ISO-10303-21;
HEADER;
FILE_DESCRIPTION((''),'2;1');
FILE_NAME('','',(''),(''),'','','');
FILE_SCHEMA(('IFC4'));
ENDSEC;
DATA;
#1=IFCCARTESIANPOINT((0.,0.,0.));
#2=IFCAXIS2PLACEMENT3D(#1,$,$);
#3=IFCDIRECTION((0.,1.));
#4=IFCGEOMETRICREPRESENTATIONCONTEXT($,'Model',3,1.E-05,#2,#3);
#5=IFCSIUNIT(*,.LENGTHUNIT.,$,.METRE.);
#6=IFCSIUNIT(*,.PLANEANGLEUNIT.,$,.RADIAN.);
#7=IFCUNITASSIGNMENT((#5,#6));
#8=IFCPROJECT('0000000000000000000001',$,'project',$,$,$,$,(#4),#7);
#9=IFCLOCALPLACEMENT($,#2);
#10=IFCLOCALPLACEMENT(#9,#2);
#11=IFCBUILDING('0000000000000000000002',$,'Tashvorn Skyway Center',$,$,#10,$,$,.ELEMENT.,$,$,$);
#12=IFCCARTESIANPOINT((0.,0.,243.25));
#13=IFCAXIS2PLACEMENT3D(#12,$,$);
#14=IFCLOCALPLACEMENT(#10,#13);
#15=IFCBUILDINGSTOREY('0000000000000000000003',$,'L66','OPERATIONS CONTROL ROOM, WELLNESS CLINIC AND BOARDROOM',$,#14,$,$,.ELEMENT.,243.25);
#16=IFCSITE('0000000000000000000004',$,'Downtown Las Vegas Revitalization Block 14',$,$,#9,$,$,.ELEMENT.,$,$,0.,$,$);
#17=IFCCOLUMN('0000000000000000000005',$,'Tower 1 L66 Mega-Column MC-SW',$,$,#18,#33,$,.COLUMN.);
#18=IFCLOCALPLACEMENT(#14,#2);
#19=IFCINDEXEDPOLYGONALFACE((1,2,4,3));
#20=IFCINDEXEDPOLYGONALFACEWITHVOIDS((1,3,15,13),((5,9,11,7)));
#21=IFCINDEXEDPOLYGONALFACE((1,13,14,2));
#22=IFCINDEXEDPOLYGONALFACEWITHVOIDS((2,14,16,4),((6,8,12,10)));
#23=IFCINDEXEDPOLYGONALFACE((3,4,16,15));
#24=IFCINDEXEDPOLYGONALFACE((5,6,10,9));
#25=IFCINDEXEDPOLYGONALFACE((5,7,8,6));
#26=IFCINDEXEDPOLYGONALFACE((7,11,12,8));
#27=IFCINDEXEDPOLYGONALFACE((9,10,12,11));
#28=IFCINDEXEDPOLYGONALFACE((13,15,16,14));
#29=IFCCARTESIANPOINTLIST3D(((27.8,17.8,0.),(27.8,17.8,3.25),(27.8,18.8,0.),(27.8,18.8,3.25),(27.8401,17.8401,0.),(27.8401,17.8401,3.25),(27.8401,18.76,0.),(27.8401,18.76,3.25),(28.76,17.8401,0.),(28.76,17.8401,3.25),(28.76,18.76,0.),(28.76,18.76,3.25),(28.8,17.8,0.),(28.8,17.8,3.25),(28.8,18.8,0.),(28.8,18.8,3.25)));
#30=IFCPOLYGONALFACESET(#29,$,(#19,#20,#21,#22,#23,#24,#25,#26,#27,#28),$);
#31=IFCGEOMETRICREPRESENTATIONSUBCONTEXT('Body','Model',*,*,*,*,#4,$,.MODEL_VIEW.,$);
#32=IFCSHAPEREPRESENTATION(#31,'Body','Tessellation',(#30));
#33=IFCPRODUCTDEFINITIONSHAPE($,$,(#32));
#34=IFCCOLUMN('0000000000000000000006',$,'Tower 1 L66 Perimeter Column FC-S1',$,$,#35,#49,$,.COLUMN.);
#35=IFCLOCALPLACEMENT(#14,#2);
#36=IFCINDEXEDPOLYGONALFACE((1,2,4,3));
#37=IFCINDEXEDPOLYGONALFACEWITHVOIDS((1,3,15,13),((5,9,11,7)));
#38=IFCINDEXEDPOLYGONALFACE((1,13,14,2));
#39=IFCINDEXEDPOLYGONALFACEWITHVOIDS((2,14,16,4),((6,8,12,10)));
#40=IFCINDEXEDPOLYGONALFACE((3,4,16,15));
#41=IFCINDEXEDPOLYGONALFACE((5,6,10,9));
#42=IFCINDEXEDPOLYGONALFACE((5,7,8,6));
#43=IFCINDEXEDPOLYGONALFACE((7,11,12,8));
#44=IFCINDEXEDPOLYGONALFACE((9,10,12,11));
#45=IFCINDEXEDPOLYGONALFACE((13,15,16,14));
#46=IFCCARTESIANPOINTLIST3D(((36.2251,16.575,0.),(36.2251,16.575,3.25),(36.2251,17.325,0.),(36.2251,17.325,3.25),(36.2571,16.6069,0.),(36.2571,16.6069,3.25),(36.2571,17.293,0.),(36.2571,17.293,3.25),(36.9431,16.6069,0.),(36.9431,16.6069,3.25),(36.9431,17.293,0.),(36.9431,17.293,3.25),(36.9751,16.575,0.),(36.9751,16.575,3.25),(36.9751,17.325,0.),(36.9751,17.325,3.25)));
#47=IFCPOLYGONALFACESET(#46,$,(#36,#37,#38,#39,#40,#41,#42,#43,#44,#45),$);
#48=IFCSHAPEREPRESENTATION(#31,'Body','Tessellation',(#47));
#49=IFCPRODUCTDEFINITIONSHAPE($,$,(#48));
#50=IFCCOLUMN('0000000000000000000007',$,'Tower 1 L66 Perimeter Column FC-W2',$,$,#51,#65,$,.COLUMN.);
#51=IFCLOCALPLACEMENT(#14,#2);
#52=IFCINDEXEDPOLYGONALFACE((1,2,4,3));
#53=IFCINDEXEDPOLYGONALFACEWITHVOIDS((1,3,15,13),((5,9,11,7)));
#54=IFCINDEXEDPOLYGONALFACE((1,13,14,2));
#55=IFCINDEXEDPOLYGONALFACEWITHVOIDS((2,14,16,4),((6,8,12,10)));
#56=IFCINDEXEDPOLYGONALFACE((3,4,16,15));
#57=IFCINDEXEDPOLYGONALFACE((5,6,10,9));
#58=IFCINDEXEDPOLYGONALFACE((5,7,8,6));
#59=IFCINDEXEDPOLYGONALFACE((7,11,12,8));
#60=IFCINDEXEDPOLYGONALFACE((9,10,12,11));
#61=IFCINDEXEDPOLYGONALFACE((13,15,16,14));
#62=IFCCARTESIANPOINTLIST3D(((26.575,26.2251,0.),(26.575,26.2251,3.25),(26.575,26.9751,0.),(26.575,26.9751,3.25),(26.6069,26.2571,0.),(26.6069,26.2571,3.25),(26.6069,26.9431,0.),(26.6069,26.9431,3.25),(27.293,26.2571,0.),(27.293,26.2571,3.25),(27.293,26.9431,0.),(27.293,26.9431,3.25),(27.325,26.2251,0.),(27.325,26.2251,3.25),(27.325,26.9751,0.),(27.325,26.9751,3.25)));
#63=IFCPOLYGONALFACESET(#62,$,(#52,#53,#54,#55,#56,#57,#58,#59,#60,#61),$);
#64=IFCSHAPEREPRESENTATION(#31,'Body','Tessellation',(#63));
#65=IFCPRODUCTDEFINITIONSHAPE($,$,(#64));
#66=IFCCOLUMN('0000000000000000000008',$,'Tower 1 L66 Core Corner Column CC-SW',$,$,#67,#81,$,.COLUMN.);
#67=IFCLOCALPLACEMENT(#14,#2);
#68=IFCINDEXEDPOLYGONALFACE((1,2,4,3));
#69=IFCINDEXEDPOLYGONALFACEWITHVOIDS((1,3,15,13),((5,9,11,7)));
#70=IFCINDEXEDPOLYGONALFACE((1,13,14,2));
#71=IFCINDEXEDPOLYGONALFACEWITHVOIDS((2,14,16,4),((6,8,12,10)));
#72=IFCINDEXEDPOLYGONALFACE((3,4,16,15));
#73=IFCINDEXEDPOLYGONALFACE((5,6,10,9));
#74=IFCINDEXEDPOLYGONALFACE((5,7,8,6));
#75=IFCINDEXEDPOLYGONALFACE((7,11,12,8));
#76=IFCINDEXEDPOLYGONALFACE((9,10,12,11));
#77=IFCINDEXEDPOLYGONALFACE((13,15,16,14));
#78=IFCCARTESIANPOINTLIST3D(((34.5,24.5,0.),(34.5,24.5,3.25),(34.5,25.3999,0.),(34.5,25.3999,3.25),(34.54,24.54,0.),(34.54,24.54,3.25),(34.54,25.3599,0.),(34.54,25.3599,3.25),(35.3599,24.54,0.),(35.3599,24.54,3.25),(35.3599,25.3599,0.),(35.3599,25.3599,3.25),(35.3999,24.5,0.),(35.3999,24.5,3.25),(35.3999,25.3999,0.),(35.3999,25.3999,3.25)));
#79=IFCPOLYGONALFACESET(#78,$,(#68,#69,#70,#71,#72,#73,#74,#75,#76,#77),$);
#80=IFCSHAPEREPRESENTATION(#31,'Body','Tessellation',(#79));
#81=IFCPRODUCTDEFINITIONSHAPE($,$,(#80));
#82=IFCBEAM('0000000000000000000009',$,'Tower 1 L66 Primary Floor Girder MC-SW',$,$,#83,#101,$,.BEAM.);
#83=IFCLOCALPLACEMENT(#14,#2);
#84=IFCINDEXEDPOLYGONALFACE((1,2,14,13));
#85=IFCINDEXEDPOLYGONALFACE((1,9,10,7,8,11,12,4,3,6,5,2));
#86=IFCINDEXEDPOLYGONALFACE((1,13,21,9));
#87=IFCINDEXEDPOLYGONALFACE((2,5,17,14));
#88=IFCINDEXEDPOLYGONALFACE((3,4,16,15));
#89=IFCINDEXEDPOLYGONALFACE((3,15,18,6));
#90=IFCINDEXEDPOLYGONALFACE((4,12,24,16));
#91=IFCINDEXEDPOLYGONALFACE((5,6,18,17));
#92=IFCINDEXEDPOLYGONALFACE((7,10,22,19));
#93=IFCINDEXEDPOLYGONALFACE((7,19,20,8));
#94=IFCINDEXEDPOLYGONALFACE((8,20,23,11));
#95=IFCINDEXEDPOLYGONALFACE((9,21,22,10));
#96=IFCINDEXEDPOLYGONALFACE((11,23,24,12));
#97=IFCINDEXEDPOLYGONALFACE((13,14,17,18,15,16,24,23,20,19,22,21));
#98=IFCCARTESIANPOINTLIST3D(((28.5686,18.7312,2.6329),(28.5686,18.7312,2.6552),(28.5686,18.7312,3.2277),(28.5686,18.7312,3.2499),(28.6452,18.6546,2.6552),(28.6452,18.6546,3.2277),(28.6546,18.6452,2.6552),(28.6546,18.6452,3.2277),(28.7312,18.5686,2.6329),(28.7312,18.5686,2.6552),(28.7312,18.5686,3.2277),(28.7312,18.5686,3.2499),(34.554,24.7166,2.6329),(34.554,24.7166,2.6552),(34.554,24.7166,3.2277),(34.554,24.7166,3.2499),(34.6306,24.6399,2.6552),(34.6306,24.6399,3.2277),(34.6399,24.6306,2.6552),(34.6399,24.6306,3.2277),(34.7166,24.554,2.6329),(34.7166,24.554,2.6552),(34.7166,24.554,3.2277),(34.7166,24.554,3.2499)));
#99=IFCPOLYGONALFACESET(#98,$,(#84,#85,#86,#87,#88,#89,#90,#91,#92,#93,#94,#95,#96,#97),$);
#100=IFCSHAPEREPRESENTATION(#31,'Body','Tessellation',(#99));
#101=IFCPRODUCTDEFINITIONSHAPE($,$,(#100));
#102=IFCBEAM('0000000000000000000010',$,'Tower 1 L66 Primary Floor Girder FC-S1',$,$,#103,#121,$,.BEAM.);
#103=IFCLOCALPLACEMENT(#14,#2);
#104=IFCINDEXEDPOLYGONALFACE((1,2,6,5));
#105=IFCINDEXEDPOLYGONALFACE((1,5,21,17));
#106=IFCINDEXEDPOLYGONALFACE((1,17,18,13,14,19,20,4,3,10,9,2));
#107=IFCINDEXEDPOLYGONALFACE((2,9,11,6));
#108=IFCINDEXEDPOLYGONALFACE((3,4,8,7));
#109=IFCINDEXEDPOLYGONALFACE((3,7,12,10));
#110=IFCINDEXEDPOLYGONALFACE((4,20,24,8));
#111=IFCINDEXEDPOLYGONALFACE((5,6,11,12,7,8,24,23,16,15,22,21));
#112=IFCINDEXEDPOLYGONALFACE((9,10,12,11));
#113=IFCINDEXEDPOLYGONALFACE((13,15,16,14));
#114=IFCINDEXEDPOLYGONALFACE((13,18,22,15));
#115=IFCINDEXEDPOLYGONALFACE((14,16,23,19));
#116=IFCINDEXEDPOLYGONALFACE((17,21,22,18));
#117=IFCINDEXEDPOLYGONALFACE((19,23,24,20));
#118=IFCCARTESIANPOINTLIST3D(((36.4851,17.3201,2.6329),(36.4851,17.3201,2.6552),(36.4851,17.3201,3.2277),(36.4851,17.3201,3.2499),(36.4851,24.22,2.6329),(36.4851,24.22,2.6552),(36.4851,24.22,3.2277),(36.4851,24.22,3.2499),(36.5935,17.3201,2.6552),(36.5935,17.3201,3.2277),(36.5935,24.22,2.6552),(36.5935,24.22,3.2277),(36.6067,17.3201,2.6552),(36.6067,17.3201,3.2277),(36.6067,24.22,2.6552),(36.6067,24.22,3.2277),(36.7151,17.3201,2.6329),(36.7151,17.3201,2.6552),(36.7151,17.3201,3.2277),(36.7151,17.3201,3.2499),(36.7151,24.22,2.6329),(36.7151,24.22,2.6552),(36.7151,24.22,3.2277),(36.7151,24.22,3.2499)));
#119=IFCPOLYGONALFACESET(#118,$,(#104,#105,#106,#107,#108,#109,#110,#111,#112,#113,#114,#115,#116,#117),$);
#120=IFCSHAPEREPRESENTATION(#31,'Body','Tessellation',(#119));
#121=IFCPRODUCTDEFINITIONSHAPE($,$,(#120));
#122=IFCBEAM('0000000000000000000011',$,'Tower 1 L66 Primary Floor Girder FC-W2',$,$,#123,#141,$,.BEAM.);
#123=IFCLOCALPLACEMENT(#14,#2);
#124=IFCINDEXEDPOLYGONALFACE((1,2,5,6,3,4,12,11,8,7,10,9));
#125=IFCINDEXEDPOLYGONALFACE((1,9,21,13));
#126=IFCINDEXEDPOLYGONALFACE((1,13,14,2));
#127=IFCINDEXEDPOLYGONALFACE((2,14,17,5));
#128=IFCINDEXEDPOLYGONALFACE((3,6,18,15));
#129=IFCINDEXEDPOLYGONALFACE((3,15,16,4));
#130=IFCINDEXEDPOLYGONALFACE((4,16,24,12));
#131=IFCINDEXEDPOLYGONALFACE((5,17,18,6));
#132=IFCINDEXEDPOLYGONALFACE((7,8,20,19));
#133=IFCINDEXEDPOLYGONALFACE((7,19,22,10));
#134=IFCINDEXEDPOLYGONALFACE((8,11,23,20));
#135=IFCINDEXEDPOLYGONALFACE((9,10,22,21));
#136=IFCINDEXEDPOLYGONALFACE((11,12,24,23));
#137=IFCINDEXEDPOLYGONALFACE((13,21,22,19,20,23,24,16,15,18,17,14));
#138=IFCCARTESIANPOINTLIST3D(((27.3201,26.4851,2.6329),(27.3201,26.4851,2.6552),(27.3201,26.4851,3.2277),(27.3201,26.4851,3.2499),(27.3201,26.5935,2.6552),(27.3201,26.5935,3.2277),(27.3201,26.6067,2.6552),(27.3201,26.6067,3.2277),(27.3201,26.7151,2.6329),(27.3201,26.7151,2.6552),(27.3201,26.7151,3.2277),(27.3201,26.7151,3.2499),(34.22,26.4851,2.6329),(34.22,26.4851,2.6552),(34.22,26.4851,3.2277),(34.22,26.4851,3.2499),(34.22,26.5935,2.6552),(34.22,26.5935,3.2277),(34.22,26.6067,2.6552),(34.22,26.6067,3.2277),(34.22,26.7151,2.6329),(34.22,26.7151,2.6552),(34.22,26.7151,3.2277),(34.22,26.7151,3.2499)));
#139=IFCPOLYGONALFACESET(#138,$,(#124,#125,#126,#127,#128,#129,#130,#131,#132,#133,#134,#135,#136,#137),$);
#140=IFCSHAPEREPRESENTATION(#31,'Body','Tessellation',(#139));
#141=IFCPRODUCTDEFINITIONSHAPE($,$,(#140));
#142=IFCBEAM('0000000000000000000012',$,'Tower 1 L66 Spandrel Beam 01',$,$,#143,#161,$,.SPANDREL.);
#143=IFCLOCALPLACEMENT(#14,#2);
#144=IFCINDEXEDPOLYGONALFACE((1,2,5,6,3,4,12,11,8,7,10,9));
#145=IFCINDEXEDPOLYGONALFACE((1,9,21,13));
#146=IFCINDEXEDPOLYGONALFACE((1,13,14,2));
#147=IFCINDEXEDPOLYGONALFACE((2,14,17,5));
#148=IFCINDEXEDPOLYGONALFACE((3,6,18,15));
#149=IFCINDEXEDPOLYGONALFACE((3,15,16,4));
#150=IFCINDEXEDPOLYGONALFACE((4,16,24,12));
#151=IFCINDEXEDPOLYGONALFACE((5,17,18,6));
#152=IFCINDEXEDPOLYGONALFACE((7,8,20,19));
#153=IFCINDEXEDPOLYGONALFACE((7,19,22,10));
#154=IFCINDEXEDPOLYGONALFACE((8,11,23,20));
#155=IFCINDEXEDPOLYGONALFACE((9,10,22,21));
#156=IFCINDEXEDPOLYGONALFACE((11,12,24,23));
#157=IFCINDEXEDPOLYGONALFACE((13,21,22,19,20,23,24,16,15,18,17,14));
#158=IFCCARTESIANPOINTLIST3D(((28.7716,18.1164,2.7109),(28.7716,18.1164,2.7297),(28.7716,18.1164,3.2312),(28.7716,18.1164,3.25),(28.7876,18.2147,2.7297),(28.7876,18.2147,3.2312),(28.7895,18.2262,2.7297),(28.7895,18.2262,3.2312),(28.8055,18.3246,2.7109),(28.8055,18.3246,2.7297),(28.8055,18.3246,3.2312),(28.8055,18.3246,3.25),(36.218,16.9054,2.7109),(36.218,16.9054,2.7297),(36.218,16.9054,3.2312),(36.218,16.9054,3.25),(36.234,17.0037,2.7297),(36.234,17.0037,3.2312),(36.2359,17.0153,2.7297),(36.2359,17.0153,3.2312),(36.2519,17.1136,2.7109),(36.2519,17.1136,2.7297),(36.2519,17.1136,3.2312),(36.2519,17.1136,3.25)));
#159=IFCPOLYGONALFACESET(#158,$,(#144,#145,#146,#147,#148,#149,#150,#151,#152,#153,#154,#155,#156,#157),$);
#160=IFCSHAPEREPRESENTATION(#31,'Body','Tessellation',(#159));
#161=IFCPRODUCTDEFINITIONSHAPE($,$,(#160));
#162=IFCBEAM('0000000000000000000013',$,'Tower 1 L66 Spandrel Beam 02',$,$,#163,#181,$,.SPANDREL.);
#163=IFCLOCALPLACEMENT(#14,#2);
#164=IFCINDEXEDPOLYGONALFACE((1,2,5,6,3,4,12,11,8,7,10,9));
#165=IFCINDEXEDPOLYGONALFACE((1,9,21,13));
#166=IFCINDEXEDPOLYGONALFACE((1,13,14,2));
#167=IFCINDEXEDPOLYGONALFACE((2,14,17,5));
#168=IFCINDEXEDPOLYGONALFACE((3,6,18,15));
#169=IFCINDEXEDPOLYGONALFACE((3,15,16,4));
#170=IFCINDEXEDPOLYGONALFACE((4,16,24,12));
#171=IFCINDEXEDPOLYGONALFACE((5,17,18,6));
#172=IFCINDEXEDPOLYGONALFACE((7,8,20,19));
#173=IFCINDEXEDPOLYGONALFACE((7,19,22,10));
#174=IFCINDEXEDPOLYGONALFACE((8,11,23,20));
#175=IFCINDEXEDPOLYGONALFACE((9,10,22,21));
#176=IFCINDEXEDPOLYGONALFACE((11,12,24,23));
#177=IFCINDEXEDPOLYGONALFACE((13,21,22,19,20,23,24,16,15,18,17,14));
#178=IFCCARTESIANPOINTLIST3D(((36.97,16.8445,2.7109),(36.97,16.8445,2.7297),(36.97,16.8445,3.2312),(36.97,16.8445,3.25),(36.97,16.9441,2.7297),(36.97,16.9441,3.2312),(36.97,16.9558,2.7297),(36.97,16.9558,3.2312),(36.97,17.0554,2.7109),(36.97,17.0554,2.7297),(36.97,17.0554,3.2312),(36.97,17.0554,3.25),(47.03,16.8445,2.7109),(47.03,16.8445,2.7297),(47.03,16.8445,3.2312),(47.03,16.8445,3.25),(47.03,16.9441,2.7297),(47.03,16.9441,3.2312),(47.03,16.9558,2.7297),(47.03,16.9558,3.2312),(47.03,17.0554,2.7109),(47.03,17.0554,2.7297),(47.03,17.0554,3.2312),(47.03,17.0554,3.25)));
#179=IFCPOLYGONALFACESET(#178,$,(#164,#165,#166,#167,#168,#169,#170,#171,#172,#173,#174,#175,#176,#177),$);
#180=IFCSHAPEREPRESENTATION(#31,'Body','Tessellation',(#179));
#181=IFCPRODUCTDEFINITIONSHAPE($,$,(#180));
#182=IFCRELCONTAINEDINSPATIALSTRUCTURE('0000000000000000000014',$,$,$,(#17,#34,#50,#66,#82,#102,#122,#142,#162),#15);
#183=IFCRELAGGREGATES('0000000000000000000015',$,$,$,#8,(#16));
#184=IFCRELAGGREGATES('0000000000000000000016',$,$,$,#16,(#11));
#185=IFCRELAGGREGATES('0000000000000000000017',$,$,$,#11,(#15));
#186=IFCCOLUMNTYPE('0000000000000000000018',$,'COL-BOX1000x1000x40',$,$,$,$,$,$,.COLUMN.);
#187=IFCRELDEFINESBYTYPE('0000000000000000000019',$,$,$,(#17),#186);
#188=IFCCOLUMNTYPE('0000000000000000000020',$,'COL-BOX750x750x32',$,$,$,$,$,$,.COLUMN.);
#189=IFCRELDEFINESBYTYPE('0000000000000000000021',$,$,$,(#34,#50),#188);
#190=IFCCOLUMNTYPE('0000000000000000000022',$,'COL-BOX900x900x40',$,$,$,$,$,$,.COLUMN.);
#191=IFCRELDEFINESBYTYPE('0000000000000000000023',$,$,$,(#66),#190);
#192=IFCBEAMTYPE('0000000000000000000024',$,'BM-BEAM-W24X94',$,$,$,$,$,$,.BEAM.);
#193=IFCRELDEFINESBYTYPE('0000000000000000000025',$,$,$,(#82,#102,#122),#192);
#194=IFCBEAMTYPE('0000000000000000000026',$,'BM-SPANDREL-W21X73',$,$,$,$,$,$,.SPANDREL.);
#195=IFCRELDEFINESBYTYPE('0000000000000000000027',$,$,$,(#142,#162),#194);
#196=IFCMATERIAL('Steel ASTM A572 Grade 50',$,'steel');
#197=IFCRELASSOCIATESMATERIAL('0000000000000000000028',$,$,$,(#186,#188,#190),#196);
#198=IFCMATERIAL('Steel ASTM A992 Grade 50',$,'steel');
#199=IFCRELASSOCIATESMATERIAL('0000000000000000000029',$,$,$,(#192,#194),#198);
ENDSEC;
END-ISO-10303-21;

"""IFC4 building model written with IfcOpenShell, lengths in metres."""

from ifc_helpers import new_model, si_unit, direction, frame, origin, origin_2d, place, context, subcontext, project, spatial, hollow_rectangle, i_section, extrude, material, material_profile, profile_set, type_object, element, save


model = new_model("IFC4")

# Units and contexts
model_context = context("Model", 3, precision=1e-05, world=origin(), true_north=direction((0.0, 1.0)))
body_context = subcontext(model_context, "Body", "Model", "MODEL_VIEW")
ifc_project = project(units=[si_unit("LENGTHUNIT", "METRE"), si_unit("PLANEANGLEUNIT", "RADIAN")], contexts=[model_context])

# Site, building, storey
site_placement = place(None, origin())
site = spatial("IfcSite", under=ifc_project, at=site_placement, Name="Downtown Las Vegas Revitalization Block 14", CompositionType="ELEMENT", RefElevation=0.0)
building_placement = place(site_placement, origin())
building = spatial("IfcBuilding", under=site, at=building_placement, Name="Tashvorn Skyway Center", CompositionType="ELEMENT")
storey_placement = place(building_placement, frame((0.0, 0.0, 243.25)))
storey = spatial("IfcBuildingStorey", under=building, at=storey_placement, Name="L66", Description="OPERATIONS CONTROL ROOM, WELLNESS CLINIC AND BOARDROOM", CompositionType="ELEMENT", Elevation=243.25)

# Columns
ifc_material_1 = material(Name="Steel ASTM A572 Grade 50", Category="steel")
ifc_material_profile_1 = material_profile(ifc_material_1, hollow_rectangle(XDim=1.0, YDim=1.0, WallThickness=0.04, at=origin_2d()), Name="BOX1000x1000x40")
ifc_profile_set_1 = profile_set([ifc_material_profile_1], Name="Steel ASTM A572 Grade 50")
column_type_1 = type_object("IfcColumnType", Name="COL-BOX1000x1000x40", PredefinedType="COLUMN", material=ifc_profile_set_1)
column_1_placement = place(storey_placement, frame((28.3, 18.3, 0.0), z_axis=(0.0, 0.0, 1.0), x_axis=(1.0, 0.0, 0.0)))
element("IfcColumn", 1, at=column_1_placement, inside=storey, type_object=column_type_1, Name="Tower 1 L66 Mega-Column MC-SW", PredefinedType="COLUMN", context=body_context, shape_type="SweptSolid", body=[
    extrude(hollow_rectangle(XDim=1.0, YDim=1.0, WallThickness=0.04, at=origin_2d()), origin(), (0.0, 0.0, 1.0), 3.25),
])
ifc_material_profile_2 = material_profile(ifc_material_1, hollow_rectangle(XDim=0.75, YDim=0.75, WallThickness=0.032, at=origin_2d()), Name="BOX750x750x32")
ifc_profile_set_2 = profile_set([ifc_material_profile_2], Name="Steel ASTM A572 Grade 50")
column_type_2 = type_object("IfcColumnType", Name="COL-BOX750x750x32", PredefinedType="COLUMN", material=ifc_profile_set_2)
for number, where, z_axis, x_axis, name in (
    (2, (36.6001, 16.95, 0.0), (0.0, 0.0, 1.0), (1.0, 0.0, 0.0), "Tower 1 L66 Perimeter Column FC-S1"),
    (3, (26.95, 26.6001, 0.0), (0.0, 0.0, 1.0), (1.0, 0.0, 0.0), "Tower 1 L66 Perimeter Column FC-W2"),
):
    element("IfcColumn", number, at=place(storey_placement, frame(where, z_axis=z_axis, x_axis=x_axis)), inside=storey, type_object=column_type_2, Name=name, PredefinedType="COLUMN", context=body_context, shape_type="SweptSolid", body=[
        extrude(hollow_rectangle(XDim=0.75, YDim=0.75, WallThickness=0.032, at=origin_2d()), origin(), (0.0, 0.0, 1.0), 3.25),
    ])
ifc_material_profile_3 = material_profile(ifc_material_1, hollow_rectangle(XDim=0.8999, YDim=0.8999, WallThickness=0.04, at=origin_2d()), Name="BOX900x900x40")
ifc_profile_set_3 = profile_set([ifc_material_profile_3], Name="Steel ASTM A572 Grade 50")
column_type_3 = type_object("IfcColumnType", Name="COL-BOX900x900x40", PredefinedType="COLUMN", material=ifc_profile_set_3)
column_2_placement = place(storey_placement, frame((34.95, 24.95, 0.0), z_axis=(0.0, 0.0, 1.0), x_axis=(1.0, 0.0, 0.0)))
element("IfcColumn", 4, at=column_2_placement, inside=storey, type_object=column_type_3, Name="Tower 1 L66 Core Corner Column CC-SW", PredefinedType="COLUMN", context=body_context, shape_type="SweptSolid", body=[
    extrude(hollow_rectangle(XDim=0.8999, YDim=0.8999, WallThickness=0.04, at=origin_2d()), origin(), (0.0, 0.0, 1.0), 3.25),
])

# Beams
ifc_material_2 = material(Name="Steel ASTM A992 Grade 50", Category="steel")
ifc_material_profile_4 = material_profile(ifc_material_2, i_section(OverallWidth=0.23, OverallDepth=0.6169, WebThickness=0.0132, FlangeThickness=0.0222, at=origin_2d()), Name="W24X94")
ifc_profile_set_4 = profile_set([ifc_material_profile_4], Name="Steel ASTM A992 Grade 50")
beam_type_1 = type_object("IfcBeamType", Name="BM-BEAM-W24X94", PredefinedType="BEAM", material=ifc_profile_set_4)
beam_1_placement = place(storey_placement, frame((28.6499, 18.6499, 2.9414), z_axis=(0.707107, 0.707107, 0.0), x_axis=(-0.707107, 0.707107, 0.0)))
element("IfcBeam", 5, at=beam_1_placement, inside=storey, type_object=beam_type_1, Name="Tower 1 L66 Primary Floor Girder MC-SW", PredefinedType="BEAM", context=body_context, shape_type="SweptSolid", body=[
    extrude(i_section(OverallWidth=0.23, OverallDepth=0.6169, WebThickness=0.0132, FlangeThickness=0.0222, at=origin_2d()), origin(), (0.0, 0.0, 1.0), 8.4646),
])
for number, where, z_axis, x_axis, name in (
    (6, (36.6001, 17.3201, 2.9414), (0.0, 1.0, 0.0), (-1.0, 0.0, 0.0), "Tower 1 L66 Primary Floor Girder FC-S1"),
    (7, (27.3201, 26.6001, 2.9414), (1.0, 0.0, 0.0), (0.0, 1.0, 0.0), "Tower 1 L66 Primary Floor Girder FC-W2"),
):
    element("IfcBeam", number, at=place(storey_placement, frame(where, z_axis=z_axis, x_axis=x_axis)), inside=storey, type_object=beam_type_1, Name=name, PredefinedType="BEAM", context=body_context, shape_type="SweptSolid", body=[
        extrude(i_section(OverallWidth=0.23, OverallDepth=0.6169, WebThickness=0.0132, FlangeThickness=0.0222, at=origin_2d()), origin(), (0.0, 0.0, 1.0), 6.8999),
    ])
ifc_material_profile_5 = material_profile(ifc_material_2, i_section(OverallWidth=0.2109, OverallDepth=0.5391, WebThickness=0.0117, FlangeThickness=0.0188, at=origin_2d()), Name="W21X73")
ifc_profile_set_5 = profile_set([ifc_material_profile_5], Name="Steel ASTM A992 Grade 50")
beam_type_2 = type_object("IfcBeamType", Name="BM-SPANDREL-W21X73", PredefinedType="SPANDREL", material=ifc_profile_set_5)
beam_2_placement = place(storey_placement, frame((28.7886, 18.2205, 2.9805), z_axis=(0.987034, -0.160514, 0.0), x_axis=(0.160514, 0.987034, 0.0)))
element("IfcBeam", 8, at=beam_2_placement, inside=storey, type_object=beam_type_2, Name="Tower 1 L66 Spandrel Beam 01", PredefinedType="SPANDREL", context=body_context, shape_type="SweptSolid", body=[
    extrude(i_section(OverallWidth=0.2109, OverallDepth=0.5391, WebThickness=0.0117, FlangeThickness=0.0188, at=origin_2d()), origin(), (0.0, 0.0, 1.0), 7.5442),
])
beam_3_placement = place(storey_placement, frame((36.97, 16.95, 2.9805), z_axis=(1.0, 0.0, 0.0), x_axis=(0.0, 1.0, 0.0)))
element("IfcBeam", 9, at=beam_3_placement, inside=storey, type_object=beam_type_2, Name="Tower 1 L66 Spandrel Beam 02", PredefinedType="SPANDREL", context=body_context, shape_type="SweptSolid", body=[
    extrude(i_section(OverallWidth=0.2109, OverallDepth=0.5391, WebThickness=0.0117, FlangeThickness=0.0188, at=origin_2d()), origin(), (0.0, 0.0, 1.0), 10.0601),
])

save(model, "model.ifc")
